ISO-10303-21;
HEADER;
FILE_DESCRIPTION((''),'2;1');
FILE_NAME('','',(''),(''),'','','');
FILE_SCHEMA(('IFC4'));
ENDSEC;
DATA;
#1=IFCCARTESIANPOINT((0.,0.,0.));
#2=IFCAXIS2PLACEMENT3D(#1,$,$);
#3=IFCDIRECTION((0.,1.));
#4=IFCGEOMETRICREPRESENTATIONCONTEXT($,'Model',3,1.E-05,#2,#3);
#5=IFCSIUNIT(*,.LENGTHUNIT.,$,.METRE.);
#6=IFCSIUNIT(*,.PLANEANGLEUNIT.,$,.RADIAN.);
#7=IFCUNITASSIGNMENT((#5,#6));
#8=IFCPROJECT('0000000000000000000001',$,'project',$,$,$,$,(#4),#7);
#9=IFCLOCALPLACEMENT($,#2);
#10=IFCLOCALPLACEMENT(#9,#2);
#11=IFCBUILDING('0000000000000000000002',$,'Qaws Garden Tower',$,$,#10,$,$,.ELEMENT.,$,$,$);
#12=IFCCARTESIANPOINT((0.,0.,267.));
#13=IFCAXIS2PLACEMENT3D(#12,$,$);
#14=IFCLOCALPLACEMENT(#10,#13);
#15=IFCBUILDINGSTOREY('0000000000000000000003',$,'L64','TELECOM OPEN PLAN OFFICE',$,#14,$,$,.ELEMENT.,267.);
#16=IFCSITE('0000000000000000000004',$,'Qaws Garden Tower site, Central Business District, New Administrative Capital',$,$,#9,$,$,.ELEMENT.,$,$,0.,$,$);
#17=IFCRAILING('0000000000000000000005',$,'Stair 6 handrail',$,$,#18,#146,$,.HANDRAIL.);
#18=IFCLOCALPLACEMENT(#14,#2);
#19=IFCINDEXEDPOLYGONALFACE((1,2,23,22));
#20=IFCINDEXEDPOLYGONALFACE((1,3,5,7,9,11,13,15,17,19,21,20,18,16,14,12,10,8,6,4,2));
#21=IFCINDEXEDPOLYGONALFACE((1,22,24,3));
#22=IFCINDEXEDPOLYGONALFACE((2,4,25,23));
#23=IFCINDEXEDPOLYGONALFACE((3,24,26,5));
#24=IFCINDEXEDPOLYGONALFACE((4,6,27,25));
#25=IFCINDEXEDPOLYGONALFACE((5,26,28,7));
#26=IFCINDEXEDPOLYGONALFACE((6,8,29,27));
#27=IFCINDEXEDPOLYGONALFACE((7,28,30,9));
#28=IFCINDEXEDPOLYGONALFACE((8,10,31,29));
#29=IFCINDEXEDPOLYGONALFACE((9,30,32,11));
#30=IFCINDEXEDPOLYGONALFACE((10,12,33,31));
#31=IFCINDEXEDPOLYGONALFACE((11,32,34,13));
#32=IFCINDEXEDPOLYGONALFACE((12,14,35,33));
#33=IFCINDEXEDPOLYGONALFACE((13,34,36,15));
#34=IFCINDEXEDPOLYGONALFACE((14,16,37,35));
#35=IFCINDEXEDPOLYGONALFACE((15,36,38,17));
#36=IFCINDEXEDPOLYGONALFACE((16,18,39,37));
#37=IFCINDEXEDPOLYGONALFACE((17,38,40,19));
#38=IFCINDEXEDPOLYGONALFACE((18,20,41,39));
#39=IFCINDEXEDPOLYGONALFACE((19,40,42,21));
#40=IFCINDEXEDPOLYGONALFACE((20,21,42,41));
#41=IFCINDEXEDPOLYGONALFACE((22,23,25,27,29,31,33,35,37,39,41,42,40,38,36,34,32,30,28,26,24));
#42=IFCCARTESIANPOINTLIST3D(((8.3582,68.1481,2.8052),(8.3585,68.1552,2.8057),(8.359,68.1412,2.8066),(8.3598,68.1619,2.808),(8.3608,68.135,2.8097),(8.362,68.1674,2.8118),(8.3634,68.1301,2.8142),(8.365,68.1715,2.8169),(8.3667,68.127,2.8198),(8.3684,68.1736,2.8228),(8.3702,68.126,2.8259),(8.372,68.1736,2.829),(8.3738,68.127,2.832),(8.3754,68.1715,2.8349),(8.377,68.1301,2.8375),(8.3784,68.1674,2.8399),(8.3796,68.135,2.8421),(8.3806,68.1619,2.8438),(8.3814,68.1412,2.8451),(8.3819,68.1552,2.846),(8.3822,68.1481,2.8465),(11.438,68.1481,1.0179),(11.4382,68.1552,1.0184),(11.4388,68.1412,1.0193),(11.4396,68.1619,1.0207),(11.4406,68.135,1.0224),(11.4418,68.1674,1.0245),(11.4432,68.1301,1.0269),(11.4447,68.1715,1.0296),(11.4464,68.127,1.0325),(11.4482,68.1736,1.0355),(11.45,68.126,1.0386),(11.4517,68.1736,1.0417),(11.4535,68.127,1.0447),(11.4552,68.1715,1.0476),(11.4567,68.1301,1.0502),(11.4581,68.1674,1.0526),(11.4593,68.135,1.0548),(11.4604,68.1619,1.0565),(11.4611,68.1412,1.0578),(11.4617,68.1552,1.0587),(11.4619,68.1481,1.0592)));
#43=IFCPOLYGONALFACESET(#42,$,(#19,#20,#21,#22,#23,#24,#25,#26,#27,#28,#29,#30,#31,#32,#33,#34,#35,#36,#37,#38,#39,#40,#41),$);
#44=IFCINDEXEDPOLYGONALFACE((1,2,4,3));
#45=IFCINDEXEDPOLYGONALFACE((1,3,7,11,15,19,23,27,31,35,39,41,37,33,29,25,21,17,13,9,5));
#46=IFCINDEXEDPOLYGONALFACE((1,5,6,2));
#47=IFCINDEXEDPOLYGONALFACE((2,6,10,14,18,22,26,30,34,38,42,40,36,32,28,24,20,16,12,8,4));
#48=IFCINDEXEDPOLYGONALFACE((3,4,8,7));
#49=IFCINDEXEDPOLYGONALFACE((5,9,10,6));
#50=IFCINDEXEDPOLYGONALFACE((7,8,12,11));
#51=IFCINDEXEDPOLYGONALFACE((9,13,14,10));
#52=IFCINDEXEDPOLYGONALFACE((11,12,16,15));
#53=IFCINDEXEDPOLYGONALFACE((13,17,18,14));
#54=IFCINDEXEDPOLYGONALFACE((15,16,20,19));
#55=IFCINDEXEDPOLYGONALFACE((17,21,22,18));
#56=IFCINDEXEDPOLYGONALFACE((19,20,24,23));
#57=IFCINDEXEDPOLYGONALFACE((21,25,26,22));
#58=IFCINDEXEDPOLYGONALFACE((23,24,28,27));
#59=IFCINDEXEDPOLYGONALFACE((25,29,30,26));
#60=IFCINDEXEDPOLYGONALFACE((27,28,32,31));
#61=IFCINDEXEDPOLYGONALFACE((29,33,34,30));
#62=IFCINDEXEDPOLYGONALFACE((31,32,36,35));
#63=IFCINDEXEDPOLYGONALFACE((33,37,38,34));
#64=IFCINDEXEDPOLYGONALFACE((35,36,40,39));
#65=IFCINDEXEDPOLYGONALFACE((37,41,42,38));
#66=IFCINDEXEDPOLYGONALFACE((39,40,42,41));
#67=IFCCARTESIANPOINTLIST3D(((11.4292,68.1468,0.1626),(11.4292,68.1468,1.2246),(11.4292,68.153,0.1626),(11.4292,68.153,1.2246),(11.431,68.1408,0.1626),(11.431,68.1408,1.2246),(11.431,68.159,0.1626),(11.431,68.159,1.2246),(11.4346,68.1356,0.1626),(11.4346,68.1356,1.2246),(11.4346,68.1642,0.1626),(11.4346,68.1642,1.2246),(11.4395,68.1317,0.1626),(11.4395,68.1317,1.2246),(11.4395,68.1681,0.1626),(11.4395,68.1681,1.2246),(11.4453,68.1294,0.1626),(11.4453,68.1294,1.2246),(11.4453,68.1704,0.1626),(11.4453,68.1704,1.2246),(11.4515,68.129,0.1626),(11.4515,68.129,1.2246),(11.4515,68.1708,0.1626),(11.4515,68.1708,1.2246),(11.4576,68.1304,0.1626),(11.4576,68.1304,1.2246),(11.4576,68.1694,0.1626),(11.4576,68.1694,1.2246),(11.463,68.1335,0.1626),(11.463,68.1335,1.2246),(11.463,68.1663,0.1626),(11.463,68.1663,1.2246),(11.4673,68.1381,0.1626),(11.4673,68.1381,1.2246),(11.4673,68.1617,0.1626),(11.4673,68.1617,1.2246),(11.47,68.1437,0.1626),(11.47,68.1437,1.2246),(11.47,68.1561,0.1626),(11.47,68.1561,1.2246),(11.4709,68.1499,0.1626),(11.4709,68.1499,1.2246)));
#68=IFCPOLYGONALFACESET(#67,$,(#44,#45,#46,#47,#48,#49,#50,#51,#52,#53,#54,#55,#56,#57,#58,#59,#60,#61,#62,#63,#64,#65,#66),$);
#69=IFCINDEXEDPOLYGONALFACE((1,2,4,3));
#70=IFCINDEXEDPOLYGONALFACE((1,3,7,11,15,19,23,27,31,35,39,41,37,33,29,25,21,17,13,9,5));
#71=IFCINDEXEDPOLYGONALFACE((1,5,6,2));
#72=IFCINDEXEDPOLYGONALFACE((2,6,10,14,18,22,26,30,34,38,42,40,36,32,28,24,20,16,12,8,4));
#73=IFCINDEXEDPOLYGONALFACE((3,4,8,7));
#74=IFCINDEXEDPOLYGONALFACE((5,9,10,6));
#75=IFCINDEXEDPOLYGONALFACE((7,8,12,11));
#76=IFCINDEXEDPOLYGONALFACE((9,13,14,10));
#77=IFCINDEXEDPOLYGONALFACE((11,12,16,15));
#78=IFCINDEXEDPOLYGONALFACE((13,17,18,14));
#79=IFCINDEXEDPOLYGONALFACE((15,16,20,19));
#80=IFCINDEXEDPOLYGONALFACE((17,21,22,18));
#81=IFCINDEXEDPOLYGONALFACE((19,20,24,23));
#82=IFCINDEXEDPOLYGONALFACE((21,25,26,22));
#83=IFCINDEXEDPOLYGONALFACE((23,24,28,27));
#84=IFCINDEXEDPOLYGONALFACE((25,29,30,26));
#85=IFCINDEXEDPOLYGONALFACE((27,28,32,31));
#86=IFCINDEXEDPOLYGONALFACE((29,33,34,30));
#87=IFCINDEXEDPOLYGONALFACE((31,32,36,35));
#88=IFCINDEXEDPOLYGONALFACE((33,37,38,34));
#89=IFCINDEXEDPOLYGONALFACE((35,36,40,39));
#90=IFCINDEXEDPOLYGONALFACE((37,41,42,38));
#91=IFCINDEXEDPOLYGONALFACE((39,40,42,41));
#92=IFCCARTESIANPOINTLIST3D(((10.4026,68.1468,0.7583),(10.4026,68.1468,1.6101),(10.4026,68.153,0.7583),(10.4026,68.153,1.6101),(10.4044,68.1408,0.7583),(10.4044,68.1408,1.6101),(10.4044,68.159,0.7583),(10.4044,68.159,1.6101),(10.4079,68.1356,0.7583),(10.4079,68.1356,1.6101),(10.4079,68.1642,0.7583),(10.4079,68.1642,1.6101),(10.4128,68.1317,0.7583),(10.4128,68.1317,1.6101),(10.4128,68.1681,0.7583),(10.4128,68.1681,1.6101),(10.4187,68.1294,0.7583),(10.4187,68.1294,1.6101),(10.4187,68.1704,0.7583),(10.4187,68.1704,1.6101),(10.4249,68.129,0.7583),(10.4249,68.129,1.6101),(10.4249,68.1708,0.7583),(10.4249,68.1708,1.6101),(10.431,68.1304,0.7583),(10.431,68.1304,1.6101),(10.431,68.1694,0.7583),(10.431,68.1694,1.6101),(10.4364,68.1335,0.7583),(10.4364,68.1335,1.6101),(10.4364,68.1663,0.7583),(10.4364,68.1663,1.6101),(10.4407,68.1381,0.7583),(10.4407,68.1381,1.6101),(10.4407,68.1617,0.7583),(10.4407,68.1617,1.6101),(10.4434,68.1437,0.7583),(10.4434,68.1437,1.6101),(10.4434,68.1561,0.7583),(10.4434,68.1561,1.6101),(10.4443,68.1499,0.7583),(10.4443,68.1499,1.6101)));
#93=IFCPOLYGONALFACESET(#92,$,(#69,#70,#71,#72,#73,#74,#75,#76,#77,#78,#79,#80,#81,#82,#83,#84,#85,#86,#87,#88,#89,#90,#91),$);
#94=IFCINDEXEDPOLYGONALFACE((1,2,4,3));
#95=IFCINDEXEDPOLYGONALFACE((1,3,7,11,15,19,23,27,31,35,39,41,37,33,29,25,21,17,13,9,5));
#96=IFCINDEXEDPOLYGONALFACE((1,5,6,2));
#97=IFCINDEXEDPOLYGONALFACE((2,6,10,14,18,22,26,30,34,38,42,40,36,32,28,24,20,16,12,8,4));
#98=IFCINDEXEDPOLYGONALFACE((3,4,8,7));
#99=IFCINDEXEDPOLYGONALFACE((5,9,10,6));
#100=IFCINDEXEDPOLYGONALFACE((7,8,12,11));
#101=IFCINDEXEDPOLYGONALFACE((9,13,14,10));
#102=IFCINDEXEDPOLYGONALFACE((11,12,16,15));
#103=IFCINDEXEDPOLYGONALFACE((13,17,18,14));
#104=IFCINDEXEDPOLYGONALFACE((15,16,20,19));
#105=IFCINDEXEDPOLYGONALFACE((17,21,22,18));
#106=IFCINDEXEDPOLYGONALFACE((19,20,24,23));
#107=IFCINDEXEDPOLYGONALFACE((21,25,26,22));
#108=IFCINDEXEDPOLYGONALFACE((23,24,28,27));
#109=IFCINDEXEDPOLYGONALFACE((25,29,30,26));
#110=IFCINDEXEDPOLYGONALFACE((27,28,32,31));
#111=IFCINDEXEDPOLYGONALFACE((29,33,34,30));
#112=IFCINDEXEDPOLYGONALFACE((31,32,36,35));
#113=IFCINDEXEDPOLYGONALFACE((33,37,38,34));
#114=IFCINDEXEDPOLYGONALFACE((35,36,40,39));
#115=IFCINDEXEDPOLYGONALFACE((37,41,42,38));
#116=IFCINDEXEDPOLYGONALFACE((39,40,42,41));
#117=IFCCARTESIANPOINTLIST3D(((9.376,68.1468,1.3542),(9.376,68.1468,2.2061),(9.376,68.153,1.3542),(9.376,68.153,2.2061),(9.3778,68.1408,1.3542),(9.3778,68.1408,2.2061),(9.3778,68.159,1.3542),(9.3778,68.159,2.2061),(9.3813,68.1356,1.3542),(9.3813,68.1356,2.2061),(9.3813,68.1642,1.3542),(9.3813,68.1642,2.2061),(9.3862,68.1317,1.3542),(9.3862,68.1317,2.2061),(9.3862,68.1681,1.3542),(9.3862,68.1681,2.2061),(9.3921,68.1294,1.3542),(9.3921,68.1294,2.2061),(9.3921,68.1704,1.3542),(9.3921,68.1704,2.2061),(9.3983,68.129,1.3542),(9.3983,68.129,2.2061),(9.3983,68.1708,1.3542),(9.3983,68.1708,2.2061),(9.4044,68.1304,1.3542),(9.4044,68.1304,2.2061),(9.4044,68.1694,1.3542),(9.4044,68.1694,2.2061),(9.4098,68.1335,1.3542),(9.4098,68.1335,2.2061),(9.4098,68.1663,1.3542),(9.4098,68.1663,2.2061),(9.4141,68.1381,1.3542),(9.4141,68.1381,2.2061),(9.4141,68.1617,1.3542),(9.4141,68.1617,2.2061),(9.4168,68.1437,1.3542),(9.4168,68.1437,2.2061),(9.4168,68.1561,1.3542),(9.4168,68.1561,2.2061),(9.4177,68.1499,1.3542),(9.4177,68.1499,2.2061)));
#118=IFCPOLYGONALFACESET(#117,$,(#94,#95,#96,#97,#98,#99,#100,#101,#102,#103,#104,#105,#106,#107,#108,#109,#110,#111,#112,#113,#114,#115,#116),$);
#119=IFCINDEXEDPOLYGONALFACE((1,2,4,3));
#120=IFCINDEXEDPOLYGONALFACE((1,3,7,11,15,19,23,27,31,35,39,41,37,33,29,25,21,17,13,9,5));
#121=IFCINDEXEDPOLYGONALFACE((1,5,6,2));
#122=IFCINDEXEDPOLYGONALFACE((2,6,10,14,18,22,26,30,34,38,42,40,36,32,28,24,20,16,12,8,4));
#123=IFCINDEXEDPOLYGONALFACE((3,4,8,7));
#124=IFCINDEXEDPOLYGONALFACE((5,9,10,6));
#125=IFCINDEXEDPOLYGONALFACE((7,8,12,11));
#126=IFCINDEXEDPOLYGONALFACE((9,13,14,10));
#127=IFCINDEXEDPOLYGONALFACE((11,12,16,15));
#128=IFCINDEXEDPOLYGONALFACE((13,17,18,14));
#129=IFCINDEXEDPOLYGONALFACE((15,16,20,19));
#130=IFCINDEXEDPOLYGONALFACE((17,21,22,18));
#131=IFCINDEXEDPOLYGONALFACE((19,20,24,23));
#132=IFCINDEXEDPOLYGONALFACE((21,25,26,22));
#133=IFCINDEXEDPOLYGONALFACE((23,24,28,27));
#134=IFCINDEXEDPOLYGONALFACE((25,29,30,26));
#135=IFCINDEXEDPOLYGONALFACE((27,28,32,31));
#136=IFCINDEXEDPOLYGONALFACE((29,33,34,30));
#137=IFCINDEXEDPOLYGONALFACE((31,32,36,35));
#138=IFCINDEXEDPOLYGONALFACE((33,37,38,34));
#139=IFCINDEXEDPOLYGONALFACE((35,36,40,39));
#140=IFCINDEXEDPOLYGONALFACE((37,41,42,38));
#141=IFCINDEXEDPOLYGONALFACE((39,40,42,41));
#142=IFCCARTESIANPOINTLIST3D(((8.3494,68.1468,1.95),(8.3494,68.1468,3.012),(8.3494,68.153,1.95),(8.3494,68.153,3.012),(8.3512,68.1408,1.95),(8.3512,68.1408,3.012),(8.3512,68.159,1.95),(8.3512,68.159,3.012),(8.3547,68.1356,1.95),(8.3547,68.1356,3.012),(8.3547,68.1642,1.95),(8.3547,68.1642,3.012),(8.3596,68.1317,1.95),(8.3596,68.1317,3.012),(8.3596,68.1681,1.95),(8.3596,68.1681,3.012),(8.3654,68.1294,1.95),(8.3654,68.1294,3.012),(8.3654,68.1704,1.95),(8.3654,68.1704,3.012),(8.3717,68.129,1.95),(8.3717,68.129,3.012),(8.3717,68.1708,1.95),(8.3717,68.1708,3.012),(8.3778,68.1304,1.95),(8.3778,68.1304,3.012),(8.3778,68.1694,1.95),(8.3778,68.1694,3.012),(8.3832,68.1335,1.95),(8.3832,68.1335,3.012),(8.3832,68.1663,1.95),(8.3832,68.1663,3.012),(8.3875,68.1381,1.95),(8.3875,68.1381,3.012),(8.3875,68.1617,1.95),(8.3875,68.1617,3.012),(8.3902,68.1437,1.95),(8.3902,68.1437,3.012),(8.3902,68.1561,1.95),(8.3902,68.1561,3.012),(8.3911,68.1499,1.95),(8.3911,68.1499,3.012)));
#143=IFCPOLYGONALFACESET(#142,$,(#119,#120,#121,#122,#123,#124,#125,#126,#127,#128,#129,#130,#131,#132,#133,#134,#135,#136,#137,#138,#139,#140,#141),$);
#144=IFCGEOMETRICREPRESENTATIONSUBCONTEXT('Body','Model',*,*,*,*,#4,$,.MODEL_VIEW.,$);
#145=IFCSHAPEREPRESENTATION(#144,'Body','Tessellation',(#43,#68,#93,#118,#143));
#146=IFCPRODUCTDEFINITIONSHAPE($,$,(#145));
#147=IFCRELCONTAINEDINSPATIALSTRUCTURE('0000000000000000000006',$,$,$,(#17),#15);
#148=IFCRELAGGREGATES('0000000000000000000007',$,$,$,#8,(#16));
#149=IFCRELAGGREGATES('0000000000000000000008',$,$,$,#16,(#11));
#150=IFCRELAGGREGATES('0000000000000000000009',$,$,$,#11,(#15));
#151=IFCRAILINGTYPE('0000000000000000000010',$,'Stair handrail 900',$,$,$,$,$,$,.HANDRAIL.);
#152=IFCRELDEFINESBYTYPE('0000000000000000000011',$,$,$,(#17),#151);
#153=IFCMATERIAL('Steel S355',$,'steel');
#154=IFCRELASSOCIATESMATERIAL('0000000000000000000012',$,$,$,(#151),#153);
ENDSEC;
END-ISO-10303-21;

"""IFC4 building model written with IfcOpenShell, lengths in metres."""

from ifc_helpers import new_model, si_unit, direction, frame, origin, origin_2d, place, context, subcontext, project, spatial, circle, extrude, material, type_object, element, save


model = new_model("IFC4")

# Units and contexts
model_context = context("Model", 3, precision=1e-05, world=origin(), true_north=direction((0.0, 1.0)))
body_context = subcontext(model_context, "Body", "Model", "MODEL_VIEW")
ifc_project = project(units=[si_unit("LENGTHUNIT", "METRE"), si_unit("PLANEANGLEUNIT", "RADIAN")], contexts=[model_context])

# Site, building, storey
site_placement = place(None, origin())
site = spatial("IfcSite", under=ifc_project, at=site_placement, Name="Qaws Garden Tower site, Central Business District, New Administrative Capital", CompositionType="ELEMENT", RefElevation=0.0)
building_placement = place(site_placement, origin())
building = spatial("IfcBuilding", under=site, at=building_placement, Name="Qaws Garden Tower", CompositionType="ELEMENT")
storey_placement = place(building_placement, frame((0.0, 0.0, 267.0)))
storey = spatial("IfcBuildingStorey", under=building, at=storey_placement, Name="L64", Description="TELECOM OPEN PLAN OFFICE", CompositionType="ELEMENT", Elevation=267.0)

# Railing
ifc_material_1 = material(Name="Steel S355", Category="steel")
railing_type = type_object("IfcRailingType", Name="Stair handrail 900", PredefinedType="HANDRAIL", material=ifc_material_1)
railing_1_placement = place(storey_placement, frame((11.45, 68.1499, 0.1626)))
element("IfcRailing", 1, at=railing_1_placement, inside=storey, type_object=railing_type, Name="Stair 6 handrail", PredefinedType="HANDRAIL", context=body_context, shape_type="SweptSolid", body=[
    extrude(circle(Radius=0.0239, at=origin_2d()), frame((0.0, 0.0, 0.876), z_axis=(-0.864903, 0.0, 0.501939), x_axis=(0.0, -1.0, 0.0)), (0.0, 0.0, 1.0), 3.5608),
    extrude(circle(Radius=0.021, at=origin_2d()), origin(), (0.0, 0.0, 1.0), 1.062),
    extrude(circle(Radius=0.021, at=origin_2d()), frame((-1.0266, 0.0, 0.5957)), (0.0, 0.0, 1.0), 0.8518),
    extrude(circle(Radius=0.021, at=origin_2d()), frame((-2.0532, 0.0, 1.1917)), (0.0, 0.0, 1.0), 0.8518),
    extrude(circle(Radius=0.021, at=origin_2d()), frame((-3.0798, 0.0, 1.7874)), (0.0, 0.0, 1.0), 1.062),
])

save(model, "model.ifc")
